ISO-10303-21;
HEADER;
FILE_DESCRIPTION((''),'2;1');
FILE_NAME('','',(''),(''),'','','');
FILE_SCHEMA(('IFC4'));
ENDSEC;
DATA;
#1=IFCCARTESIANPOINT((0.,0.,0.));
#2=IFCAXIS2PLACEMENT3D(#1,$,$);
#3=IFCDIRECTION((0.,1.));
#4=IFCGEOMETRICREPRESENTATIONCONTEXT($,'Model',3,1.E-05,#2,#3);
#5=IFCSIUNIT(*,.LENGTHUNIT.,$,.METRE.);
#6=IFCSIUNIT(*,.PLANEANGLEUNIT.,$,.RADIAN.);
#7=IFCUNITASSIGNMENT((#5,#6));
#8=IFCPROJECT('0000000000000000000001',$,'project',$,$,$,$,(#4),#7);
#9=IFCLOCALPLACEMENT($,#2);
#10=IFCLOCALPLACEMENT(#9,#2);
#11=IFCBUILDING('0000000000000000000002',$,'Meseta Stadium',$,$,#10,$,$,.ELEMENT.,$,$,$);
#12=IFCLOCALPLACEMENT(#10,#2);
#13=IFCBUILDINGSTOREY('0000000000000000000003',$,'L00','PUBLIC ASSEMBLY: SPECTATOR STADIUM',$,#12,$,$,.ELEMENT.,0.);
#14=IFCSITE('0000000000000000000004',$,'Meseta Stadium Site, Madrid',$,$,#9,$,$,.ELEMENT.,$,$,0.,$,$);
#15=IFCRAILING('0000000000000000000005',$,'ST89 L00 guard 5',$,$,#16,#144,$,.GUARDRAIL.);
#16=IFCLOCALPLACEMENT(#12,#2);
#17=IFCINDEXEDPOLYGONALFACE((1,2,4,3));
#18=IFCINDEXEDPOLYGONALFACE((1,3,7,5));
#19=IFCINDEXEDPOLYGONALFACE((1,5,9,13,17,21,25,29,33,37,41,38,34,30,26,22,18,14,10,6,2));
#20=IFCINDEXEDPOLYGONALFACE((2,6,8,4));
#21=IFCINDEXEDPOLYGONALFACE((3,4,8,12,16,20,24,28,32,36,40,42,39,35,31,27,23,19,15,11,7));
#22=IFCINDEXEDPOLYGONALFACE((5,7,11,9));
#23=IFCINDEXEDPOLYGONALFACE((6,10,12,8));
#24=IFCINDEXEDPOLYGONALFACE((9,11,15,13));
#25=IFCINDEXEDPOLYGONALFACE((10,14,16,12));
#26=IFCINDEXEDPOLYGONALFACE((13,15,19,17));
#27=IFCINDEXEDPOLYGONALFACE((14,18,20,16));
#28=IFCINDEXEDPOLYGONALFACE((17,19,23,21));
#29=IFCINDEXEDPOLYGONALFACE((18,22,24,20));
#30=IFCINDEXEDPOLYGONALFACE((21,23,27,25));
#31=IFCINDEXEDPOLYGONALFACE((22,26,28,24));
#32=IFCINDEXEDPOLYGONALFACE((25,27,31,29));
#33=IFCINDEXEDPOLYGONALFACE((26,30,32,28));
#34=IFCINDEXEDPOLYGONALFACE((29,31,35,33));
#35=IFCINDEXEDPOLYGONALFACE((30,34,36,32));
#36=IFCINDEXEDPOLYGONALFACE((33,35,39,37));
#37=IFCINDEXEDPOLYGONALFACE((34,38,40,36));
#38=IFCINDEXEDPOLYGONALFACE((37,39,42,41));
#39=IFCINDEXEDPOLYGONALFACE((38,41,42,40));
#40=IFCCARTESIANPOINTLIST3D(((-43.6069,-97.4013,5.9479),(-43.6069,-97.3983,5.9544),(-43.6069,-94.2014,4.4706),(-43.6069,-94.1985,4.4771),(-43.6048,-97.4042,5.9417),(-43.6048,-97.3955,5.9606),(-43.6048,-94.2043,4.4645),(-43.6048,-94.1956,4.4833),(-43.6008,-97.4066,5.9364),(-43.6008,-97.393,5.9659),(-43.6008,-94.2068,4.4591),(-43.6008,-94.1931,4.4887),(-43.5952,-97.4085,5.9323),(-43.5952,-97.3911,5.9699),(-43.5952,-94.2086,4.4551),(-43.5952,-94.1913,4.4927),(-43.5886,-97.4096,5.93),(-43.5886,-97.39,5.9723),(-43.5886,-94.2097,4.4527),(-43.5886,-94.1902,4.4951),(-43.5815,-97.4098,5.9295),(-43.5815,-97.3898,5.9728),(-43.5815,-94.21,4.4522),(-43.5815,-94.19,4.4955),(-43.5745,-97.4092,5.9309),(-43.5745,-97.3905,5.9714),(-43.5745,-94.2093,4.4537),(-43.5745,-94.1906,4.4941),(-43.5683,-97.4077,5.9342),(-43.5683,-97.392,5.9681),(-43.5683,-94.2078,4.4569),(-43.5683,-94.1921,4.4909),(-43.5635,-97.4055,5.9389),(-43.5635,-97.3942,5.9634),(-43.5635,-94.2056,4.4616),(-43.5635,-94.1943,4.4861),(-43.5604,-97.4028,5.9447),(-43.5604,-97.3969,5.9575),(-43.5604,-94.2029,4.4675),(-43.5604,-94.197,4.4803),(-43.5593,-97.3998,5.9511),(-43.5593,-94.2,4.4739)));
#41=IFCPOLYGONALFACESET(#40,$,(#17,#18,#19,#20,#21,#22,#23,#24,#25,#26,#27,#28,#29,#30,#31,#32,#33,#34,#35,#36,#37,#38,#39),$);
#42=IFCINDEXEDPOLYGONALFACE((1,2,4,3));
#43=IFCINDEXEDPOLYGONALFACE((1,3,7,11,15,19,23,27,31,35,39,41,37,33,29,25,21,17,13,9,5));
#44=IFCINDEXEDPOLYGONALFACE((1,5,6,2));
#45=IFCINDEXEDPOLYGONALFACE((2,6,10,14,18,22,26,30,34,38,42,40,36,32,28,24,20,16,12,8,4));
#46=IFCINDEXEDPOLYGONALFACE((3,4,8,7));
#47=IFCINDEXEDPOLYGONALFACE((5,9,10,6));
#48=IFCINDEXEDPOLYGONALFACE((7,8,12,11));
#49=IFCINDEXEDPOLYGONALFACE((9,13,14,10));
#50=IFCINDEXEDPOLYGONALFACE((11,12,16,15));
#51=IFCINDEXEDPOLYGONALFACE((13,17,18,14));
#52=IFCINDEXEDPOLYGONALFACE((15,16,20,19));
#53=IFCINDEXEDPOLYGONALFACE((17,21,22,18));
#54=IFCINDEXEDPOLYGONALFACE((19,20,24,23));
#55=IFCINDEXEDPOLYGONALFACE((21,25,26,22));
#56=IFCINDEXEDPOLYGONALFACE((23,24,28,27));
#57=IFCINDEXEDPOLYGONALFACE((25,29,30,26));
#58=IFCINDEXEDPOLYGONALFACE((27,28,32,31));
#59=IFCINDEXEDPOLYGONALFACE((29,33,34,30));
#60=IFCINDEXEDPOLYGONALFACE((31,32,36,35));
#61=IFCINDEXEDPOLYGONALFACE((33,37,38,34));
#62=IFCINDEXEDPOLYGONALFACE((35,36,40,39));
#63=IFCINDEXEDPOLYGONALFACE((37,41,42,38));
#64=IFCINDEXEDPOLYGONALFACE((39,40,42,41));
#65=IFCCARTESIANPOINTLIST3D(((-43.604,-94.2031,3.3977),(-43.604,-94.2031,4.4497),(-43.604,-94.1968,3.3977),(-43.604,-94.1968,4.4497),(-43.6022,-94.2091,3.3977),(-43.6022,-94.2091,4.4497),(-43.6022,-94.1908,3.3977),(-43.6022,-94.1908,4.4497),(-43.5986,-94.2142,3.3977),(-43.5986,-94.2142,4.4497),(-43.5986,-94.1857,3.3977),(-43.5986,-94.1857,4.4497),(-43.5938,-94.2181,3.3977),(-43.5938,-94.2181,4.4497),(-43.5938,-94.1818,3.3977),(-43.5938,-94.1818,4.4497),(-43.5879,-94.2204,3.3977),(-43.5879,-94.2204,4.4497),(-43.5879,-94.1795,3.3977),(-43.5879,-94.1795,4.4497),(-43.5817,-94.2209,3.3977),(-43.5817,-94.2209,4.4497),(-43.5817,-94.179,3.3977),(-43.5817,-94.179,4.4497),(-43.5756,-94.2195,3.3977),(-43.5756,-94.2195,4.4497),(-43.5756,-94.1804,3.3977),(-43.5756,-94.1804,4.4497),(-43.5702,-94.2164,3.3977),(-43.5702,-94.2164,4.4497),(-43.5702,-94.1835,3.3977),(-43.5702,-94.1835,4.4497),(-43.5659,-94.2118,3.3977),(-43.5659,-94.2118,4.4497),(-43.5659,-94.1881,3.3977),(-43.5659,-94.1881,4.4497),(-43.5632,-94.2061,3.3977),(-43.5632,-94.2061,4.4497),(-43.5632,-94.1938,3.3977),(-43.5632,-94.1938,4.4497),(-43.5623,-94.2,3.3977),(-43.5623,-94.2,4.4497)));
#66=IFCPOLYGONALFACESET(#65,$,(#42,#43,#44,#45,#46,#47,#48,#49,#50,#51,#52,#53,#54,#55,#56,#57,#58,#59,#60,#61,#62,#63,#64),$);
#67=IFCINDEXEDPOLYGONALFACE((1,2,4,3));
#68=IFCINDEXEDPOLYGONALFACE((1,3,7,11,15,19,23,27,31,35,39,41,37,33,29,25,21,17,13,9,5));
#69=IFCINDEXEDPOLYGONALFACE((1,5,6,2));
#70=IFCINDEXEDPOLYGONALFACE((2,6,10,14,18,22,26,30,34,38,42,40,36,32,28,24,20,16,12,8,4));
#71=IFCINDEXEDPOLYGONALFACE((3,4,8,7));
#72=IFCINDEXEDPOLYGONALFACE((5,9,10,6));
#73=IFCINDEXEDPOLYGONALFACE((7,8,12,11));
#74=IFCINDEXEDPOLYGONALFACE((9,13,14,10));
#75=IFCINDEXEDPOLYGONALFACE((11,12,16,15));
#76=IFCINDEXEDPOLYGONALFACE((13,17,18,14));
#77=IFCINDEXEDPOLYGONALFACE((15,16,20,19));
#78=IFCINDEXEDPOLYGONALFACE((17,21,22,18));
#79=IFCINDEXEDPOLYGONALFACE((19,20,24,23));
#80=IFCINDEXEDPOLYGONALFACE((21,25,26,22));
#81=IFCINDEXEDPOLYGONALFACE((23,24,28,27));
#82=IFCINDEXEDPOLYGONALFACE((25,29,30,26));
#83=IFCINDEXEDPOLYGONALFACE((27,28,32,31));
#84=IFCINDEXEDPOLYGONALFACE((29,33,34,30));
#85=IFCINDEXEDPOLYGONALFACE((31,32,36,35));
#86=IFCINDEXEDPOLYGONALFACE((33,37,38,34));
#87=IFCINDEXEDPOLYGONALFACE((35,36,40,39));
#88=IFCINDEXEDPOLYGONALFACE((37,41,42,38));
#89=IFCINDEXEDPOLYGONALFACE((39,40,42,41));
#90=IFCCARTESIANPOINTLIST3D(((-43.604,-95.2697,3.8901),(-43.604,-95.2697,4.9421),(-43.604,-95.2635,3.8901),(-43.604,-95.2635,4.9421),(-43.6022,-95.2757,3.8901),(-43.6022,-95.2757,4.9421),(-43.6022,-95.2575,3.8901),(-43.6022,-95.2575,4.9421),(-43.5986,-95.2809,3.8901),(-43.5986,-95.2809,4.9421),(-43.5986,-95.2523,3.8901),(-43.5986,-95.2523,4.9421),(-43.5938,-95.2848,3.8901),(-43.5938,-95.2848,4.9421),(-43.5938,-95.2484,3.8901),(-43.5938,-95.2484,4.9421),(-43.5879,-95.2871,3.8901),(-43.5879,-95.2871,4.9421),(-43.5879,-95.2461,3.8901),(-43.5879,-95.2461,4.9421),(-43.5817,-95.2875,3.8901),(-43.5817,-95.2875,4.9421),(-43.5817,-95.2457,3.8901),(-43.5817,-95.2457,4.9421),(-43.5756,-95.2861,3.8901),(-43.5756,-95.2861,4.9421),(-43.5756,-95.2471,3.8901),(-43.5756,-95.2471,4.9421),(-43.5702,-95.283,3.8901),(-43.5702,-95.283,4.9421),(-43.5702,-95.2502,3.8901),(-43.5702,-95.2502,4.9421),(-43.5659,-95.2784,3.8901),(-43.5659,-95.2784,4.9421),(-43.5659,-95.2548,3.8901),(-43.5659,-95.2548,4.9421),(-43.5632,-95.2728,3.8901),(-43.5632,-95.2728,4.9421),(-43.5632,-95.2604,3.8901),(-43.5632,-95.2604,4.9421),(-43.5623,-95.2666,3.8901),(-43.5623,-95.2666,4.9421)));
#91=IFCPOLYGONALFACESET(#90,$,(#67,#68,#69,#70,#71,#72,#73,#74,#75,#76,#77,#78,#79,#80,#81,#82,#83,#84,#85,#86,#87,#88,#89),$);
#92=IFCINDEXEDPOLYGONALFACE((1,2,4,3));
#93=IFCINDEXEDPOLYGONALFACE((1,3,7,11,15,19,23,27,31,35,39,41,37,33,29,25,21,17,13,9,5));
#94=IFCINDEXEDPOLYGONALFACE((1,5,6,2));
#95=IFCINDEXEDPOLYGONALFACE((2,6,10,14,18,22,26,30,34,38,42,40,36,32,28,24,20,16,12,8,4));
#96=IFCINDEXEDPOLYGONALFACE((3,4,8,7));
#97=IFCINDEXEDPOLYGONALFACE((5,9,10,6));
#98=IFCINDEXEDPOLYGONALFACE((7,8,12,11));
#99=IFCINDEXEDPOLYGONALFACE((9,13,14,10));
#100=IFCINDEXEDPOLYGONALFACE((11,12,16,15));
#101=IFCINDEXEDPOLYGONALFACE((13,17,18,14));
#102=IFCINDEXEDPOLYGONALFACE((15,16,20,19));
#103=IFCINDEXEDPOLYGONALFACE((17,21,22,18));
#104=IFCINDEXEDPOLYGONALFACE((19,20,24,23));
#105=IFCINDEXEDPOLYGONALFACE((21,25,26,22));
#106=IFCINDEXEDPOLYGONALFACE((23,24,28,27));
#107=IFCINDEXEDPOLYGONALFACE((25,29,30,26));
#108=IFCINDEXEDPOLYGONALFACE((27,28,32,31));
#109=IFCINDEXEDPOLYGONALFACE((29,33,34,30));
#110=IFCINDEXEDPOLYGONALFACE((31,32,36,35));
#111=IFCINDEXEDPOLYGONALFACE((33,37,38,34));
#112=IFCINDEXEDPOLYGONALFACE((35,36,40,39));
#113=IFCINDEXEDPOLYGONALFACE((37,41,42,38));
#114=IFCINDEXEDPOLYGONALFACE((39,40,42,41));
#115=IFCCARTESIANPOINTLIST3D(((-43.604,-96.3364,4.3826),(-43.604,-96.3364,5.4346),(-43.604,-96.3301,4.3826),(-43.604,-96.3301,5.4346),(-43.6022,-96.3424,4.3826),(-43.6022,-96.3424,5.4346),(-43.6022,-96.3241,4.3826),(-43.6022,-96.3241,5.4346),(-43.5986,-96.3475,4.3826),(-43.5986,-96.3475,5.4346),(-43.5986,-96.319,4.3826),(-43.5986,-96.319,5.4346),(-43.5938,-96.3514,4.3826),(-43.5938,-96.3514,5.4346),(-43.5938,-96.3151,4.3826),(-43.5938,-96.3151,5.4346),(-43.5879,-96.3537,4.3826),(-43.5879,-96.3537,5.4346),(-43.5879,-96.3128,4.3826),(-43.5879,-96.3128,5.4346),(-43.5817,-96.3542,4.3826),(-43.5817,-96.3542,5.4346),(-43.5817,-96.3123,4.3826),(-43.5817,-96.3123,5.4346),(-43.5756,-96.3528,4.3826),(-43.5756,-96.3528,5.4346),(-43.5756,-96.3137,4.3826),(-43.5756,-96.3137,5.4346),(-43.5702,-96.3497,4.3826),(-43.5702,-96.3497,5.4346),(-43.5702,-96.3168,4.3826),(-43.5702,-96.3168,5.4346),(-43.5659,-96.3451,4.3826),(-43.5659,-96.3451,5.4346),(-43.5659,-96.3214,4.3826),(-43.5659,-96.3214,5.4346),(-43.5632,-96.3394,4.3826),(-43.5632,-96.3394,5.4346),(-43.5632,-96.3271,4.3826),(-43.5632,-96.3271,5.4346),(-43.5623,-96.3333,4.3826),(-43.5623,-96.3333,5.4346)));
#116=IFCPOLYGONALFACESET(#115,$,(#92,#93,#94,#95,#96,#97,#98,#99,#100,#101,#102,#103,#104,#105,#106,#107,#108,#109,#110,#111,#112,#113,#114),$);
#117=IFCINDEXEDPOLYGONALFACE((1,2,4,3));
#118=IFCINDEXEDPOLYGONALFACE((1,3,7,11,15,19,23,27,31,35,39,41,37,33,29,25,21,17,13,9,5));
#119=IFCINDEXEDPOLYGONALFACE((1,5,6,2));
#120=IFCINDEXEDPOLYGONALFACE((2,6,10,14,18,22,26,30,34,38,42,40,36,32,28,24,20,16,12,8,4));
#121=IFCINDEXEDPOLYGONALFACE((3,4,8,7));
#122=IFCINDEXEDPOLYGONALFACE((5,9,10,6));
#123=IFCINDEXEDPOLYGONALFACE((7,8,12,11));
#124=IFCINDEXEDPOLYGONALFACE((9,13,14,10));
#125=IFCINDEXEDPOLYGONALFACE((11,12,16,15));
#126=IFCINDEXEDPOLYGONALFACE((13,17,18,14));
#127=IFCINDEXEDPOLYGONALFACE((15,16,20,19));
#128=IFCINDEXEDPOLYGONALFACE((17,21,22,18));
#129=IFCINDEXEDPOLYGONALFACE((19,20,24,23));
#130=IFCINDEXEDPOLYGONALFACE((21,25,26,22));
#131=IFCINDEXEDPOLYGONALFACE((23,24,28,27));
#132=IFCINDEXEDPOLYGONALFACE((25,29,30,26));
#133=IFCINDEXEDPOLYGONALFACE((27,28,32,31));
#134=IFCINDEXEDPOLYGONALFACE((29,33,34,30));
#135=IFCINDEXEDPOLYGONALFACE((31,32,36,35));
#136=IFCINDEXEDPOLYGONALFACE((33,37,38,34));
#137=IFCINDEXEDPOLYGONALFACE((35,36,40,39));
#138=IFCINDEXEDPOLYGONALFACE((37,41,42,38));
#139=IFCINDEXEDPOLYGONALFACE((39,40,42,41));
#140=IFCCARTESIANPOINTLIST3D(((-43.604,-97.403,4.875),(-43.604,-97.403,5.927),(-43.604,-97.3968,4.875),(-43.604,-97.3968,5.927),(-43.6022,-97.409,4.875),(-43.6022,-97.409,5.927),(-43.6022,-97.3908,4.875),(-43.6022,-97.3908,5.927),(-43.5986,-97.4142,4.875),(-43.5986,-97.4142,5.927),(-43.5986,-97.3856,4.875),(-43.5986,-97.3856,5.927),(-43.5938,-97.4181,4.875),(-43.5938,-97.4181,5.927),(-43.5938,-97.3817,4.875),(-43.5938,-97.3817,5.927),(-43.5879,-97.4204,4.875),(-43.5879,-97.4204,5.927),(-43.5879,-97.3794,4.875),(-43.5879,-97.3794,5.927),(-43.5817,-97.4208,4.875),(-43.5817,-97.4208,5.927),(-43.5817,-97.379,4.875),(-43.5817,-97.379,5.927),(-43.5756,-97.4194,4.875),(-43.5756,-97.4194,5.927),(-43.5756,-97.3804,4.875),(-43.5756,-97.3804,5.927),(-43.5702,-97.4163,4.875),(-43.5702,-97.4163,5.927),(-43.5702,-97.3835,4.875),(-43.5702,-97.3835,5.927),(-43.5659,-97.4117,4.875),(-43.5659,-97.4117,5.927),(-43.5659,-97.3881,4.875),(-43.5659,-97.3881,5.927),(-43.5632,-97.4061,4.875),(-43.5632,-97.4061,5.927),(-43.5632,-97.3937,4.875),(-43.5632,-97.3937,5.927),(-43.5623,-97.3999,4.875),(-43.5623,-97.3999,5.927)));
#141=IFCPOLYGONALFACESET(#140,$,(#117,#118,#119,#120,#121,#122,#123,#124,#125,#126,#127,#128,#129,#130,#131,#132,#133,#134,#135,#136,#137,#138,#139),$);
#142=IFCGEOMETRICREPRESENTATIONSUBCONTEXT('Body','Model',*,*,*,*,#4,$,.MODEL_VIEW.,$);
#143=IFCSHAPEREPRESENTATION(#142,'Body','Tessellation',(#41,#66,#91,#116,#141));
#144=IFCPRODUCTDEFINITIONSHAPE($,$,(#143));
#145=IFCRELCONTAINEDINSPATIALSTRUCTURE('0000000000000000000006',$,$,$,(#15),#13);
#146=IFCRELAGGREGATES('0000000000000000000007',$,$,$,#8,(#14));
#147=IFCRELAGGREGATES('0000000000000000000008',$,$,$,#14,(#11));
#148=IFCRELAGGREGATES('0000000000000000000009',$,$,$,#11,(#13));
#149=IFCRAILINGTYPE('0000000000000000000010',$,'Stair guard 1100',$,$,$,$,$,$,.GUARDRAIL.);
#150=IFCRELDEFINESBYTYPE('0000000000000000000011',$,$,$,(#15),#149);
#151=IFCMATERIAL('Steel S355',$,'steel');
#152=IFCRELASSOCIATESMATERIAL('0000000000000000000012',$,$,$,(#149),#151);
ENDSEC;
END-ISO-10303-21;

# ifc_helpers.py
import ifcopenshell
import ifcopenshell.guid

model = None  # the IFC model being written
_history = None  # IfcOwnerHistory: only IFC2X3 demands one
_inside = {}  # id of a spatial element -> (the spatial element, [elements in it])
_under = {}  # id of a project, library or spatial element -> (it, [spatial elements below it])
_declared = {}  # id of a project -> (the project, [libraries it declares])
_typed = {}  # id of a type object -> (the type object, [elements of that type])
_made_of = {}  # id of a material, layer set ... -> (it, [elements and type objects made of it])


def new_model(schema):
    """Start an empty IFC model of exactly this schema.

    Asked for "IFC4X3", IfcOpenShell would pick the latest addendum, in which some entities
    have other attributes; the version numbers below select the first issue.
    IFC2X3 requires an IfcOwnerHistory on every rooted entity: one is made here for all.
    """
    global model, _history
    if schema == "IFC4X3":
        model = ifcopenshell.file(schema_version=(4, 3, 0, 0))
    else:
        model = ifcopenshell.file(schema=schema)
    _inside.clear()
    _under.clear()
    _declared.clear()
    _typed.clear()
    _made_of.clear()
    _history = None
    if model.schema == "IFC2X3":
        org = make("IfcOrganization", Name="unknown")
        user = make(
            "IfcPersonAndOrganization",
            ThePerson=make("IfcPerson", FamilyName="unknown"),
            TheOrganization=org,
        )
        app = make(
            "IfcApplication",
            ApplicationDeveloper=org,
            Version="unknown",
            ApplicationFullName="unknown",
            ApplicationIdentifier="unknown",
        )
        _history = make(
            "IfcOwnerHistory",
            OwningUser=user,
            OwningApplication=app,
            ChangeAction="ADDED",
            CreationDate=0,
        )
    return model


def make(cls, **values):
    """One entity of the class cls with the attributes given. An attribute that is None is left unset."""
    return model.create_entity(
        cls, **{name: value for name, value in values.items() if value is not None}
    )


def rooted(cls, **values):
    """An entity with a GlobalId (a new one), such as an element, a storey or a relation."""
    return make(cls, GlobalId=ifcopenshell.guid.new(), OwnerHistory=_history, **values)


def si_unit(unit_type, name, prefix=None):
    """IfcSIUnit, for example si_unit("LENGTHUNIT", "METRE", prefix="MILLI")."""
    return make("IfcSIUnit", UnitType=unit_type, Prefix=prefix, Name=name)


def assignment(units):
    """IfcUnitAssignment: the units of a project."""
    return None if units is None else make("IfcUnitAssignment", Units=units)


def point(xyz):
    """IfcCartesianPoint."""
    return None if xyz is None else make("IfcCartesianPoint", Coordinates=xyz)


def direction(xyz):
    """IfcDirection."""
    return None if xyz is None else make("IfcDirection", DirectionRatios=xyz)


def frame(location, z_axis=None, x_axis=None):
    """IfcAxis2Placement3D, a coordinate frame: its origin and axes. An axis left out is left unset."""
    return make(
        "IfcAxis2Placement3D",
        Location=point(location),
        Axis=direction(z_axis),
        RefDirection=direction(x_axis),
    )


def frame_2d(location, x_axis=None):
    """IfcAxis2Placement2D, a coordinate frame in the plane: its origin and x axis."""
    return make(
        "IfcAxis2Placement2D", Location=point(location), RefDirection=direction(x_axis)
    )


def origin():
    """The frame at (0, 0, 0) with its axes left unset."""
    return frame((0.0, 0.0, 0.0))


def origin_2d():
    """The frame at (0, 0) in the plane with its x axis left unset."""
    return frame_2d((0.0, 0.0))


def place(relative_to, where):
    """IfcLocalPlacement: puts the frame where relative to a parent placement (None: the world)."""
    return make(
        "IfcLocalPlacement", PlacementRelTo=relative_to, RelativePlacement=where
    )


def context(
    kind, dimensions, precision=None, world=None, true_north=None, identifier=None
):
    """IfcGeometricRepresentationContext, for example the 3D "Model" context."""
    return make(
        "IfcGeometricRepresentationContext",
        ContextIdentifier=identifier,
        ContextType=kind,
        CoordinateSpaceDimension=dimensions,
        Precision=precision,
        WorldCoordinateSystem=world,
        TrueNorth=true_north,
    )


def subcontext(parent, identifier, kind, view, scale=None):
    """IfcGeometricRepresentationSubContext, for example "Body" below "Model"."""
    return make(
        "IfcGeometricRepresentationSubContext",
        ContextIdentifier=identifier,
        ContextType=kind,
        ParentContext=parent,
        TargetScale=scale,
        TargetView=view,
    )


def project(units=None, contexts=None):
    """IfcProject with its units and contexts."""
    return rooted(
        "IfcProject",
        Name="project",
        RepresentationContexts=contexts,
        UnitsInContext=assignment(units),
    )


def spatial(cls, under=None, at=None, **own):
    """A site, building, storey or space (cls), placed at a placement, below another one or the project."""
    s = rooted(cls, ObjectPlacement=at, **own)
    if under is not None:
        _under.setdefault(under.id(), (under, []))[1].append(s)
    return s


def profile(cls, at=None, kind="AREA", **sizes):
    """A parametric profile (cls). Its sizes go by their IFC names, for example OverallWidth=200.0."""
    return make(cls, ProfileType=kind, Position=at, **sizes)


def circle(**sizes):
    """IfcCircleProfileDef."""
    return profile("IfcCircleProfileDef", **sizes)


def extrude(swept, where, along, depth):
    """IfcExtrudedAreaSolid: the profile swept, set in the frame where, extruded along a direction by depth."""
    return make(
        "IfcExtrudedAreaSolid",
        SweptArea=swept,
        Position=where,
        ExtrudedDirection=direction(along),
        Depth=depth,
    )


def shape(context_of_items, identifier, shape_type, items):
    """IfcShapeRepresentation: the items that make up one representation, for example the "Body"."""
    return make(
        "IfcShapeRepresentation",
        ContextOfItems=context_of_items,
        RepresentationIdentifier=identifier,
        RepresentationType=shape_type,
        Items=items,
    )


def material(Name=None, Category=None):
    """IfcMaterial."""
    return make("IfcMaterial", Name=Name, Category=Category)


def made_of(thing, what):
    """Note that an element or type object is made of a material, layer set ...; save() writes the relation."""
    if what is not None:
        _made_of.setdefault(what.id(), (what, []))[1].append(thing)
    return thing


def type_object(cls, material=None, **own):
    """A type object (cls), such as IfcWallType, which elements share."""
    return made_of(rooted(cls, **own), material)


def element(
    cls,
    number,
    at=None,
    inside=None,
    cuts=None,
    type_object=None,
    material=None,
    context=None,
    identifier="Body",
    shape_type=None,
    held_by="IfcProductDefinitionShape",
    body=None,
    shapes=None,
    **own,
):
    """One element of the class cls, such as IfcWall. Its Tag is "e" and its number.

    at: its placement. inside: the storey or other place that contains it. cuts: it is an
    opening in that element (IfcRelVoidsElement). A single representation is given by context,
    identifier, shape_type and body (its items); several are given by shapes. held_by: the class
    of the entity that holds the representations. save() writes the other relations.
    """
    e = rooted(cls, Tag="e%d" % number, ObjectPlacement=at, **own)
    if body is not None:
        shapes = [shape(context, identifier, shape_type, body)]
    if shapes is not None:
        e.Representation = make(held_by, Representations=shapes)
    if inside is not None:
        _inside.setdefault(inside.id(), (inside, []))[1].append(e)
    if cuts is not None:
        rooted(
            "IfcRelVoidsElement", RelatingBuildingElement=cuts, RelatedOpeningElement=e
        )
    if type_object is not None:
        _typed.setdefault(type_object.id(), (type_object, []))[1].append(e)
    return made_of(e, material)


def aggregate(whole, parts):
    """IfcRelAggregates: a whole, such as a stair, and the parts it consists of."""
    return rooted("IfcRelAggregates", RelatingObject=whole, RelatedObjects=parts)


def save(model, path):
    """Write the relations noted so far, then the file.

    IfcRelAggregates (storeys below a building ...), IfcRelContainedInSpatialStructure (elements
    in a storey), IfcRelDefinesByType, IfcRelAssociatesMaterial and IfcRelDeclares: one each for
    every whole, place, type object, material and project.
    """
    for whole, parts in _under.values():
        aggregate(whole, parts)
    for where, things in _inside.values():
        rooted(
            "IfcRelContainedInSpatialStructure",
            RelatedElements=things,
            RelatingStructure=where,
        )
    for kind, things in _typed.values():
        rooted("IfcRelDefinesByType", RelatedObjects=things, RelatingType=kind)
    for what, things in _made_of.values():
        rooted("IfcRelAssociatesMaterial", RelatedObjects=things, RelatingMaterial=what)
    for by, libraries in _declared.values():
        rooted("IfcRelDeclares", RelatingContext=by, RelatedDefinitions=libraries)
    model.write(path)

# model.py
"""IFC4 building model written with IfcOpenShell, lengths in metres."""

from ifc_helpers import new_model, si_unit, direction, frame, origin, origin_2d, place, context, subcontext, project, spatial, circle, extrude, material, type_object, element, save


model = new_model("IFC4")

# Units and contexts
model_context = context("Model", 3, precision=1e-05, world=origin(), true_north=direction((0.0, 1.0)))
body_context = subcontext(model_context, "Body", "Model", "MODEL_VIEW")
ifc_project = project(units=[si_unit("LENGTHUNIT", "METRE"), si_unit("PLANEANGLEUNIT", "RADIAN")], contexts=[model_context])

# Site, building, storey
site_placement = place(None, origin())
site = spatial("IfcSite", under=ifc_project, at=site_placement, Name="Meseta Stadium Site, Madrid", CompositionType="ELEMENT", RefElevation=0.0)
building_placement = place(site_placement, origin())
building = spatial("IfcBuilding", under=site, at=building_placement, Name="Meseta Stadium", CompositionType="ELEMENT")
storey_placement = place(building_placement, origin())
storey = spatial("IfcBuildingStorey", under=building, at=storey_placement, Name="L00", Description="PUBLIC ASSEMBLY: SPECTATOR STADIUM", CompositionType="ELEMENT", Elevation=0.0)

# Railing
ifc_material_1 = material(Name="Steel S355", Category="steel")
railing_type_1 = type_object("IfcRailingType", Name="Stair guard 1100", PredefinedType="GUARDRAIL", material=ifc_material_1)
railing_1_placement = place(storey_placement, frame((-43.5833, -94.2, 3.3977)))
element("IfcRailing", 1, at=railing_1_placement, inside=storey, type_object=railing_type_1, Name="ST89 L00 guard 5", PredefinedType="GUARDRAIL", context=body_context, shape_type="SweptSolid", body=[
    extrude(circle(Radius=0.0239, at=origin_2d()), frame((0.0, 0.0, 1.0762), z_axis=(0.0, -0.907917, 0.41915), x_axis=(1.0, 0.0, 0.0)), (0.0, 0.0, 1.0), 3.5244),
    extrude(circle(Radius=0.021, at=origin_2d()), origin(), (0.0, 0.0, 1.0), 1.052),
    extrude(circle(Radius=0.021, at=origin_2d()), frame((0.0, -1.0667, 0.4924)), (0.0, 0.0, 1.0), 1.052),
    extrude(circle(Radius=0.021, at=origin_2d()), frame((0.0, -2.1333, 0.9849)), (0.0, 0.0, 1.0), 1.052),
    extrude(circle(Radius=0.021, at=origin_2d()), frame((0.0, -3.2, 1.4773)), (0.0, 0.0, 1.0), 1.052),
])

save(model, "model.ifc")
